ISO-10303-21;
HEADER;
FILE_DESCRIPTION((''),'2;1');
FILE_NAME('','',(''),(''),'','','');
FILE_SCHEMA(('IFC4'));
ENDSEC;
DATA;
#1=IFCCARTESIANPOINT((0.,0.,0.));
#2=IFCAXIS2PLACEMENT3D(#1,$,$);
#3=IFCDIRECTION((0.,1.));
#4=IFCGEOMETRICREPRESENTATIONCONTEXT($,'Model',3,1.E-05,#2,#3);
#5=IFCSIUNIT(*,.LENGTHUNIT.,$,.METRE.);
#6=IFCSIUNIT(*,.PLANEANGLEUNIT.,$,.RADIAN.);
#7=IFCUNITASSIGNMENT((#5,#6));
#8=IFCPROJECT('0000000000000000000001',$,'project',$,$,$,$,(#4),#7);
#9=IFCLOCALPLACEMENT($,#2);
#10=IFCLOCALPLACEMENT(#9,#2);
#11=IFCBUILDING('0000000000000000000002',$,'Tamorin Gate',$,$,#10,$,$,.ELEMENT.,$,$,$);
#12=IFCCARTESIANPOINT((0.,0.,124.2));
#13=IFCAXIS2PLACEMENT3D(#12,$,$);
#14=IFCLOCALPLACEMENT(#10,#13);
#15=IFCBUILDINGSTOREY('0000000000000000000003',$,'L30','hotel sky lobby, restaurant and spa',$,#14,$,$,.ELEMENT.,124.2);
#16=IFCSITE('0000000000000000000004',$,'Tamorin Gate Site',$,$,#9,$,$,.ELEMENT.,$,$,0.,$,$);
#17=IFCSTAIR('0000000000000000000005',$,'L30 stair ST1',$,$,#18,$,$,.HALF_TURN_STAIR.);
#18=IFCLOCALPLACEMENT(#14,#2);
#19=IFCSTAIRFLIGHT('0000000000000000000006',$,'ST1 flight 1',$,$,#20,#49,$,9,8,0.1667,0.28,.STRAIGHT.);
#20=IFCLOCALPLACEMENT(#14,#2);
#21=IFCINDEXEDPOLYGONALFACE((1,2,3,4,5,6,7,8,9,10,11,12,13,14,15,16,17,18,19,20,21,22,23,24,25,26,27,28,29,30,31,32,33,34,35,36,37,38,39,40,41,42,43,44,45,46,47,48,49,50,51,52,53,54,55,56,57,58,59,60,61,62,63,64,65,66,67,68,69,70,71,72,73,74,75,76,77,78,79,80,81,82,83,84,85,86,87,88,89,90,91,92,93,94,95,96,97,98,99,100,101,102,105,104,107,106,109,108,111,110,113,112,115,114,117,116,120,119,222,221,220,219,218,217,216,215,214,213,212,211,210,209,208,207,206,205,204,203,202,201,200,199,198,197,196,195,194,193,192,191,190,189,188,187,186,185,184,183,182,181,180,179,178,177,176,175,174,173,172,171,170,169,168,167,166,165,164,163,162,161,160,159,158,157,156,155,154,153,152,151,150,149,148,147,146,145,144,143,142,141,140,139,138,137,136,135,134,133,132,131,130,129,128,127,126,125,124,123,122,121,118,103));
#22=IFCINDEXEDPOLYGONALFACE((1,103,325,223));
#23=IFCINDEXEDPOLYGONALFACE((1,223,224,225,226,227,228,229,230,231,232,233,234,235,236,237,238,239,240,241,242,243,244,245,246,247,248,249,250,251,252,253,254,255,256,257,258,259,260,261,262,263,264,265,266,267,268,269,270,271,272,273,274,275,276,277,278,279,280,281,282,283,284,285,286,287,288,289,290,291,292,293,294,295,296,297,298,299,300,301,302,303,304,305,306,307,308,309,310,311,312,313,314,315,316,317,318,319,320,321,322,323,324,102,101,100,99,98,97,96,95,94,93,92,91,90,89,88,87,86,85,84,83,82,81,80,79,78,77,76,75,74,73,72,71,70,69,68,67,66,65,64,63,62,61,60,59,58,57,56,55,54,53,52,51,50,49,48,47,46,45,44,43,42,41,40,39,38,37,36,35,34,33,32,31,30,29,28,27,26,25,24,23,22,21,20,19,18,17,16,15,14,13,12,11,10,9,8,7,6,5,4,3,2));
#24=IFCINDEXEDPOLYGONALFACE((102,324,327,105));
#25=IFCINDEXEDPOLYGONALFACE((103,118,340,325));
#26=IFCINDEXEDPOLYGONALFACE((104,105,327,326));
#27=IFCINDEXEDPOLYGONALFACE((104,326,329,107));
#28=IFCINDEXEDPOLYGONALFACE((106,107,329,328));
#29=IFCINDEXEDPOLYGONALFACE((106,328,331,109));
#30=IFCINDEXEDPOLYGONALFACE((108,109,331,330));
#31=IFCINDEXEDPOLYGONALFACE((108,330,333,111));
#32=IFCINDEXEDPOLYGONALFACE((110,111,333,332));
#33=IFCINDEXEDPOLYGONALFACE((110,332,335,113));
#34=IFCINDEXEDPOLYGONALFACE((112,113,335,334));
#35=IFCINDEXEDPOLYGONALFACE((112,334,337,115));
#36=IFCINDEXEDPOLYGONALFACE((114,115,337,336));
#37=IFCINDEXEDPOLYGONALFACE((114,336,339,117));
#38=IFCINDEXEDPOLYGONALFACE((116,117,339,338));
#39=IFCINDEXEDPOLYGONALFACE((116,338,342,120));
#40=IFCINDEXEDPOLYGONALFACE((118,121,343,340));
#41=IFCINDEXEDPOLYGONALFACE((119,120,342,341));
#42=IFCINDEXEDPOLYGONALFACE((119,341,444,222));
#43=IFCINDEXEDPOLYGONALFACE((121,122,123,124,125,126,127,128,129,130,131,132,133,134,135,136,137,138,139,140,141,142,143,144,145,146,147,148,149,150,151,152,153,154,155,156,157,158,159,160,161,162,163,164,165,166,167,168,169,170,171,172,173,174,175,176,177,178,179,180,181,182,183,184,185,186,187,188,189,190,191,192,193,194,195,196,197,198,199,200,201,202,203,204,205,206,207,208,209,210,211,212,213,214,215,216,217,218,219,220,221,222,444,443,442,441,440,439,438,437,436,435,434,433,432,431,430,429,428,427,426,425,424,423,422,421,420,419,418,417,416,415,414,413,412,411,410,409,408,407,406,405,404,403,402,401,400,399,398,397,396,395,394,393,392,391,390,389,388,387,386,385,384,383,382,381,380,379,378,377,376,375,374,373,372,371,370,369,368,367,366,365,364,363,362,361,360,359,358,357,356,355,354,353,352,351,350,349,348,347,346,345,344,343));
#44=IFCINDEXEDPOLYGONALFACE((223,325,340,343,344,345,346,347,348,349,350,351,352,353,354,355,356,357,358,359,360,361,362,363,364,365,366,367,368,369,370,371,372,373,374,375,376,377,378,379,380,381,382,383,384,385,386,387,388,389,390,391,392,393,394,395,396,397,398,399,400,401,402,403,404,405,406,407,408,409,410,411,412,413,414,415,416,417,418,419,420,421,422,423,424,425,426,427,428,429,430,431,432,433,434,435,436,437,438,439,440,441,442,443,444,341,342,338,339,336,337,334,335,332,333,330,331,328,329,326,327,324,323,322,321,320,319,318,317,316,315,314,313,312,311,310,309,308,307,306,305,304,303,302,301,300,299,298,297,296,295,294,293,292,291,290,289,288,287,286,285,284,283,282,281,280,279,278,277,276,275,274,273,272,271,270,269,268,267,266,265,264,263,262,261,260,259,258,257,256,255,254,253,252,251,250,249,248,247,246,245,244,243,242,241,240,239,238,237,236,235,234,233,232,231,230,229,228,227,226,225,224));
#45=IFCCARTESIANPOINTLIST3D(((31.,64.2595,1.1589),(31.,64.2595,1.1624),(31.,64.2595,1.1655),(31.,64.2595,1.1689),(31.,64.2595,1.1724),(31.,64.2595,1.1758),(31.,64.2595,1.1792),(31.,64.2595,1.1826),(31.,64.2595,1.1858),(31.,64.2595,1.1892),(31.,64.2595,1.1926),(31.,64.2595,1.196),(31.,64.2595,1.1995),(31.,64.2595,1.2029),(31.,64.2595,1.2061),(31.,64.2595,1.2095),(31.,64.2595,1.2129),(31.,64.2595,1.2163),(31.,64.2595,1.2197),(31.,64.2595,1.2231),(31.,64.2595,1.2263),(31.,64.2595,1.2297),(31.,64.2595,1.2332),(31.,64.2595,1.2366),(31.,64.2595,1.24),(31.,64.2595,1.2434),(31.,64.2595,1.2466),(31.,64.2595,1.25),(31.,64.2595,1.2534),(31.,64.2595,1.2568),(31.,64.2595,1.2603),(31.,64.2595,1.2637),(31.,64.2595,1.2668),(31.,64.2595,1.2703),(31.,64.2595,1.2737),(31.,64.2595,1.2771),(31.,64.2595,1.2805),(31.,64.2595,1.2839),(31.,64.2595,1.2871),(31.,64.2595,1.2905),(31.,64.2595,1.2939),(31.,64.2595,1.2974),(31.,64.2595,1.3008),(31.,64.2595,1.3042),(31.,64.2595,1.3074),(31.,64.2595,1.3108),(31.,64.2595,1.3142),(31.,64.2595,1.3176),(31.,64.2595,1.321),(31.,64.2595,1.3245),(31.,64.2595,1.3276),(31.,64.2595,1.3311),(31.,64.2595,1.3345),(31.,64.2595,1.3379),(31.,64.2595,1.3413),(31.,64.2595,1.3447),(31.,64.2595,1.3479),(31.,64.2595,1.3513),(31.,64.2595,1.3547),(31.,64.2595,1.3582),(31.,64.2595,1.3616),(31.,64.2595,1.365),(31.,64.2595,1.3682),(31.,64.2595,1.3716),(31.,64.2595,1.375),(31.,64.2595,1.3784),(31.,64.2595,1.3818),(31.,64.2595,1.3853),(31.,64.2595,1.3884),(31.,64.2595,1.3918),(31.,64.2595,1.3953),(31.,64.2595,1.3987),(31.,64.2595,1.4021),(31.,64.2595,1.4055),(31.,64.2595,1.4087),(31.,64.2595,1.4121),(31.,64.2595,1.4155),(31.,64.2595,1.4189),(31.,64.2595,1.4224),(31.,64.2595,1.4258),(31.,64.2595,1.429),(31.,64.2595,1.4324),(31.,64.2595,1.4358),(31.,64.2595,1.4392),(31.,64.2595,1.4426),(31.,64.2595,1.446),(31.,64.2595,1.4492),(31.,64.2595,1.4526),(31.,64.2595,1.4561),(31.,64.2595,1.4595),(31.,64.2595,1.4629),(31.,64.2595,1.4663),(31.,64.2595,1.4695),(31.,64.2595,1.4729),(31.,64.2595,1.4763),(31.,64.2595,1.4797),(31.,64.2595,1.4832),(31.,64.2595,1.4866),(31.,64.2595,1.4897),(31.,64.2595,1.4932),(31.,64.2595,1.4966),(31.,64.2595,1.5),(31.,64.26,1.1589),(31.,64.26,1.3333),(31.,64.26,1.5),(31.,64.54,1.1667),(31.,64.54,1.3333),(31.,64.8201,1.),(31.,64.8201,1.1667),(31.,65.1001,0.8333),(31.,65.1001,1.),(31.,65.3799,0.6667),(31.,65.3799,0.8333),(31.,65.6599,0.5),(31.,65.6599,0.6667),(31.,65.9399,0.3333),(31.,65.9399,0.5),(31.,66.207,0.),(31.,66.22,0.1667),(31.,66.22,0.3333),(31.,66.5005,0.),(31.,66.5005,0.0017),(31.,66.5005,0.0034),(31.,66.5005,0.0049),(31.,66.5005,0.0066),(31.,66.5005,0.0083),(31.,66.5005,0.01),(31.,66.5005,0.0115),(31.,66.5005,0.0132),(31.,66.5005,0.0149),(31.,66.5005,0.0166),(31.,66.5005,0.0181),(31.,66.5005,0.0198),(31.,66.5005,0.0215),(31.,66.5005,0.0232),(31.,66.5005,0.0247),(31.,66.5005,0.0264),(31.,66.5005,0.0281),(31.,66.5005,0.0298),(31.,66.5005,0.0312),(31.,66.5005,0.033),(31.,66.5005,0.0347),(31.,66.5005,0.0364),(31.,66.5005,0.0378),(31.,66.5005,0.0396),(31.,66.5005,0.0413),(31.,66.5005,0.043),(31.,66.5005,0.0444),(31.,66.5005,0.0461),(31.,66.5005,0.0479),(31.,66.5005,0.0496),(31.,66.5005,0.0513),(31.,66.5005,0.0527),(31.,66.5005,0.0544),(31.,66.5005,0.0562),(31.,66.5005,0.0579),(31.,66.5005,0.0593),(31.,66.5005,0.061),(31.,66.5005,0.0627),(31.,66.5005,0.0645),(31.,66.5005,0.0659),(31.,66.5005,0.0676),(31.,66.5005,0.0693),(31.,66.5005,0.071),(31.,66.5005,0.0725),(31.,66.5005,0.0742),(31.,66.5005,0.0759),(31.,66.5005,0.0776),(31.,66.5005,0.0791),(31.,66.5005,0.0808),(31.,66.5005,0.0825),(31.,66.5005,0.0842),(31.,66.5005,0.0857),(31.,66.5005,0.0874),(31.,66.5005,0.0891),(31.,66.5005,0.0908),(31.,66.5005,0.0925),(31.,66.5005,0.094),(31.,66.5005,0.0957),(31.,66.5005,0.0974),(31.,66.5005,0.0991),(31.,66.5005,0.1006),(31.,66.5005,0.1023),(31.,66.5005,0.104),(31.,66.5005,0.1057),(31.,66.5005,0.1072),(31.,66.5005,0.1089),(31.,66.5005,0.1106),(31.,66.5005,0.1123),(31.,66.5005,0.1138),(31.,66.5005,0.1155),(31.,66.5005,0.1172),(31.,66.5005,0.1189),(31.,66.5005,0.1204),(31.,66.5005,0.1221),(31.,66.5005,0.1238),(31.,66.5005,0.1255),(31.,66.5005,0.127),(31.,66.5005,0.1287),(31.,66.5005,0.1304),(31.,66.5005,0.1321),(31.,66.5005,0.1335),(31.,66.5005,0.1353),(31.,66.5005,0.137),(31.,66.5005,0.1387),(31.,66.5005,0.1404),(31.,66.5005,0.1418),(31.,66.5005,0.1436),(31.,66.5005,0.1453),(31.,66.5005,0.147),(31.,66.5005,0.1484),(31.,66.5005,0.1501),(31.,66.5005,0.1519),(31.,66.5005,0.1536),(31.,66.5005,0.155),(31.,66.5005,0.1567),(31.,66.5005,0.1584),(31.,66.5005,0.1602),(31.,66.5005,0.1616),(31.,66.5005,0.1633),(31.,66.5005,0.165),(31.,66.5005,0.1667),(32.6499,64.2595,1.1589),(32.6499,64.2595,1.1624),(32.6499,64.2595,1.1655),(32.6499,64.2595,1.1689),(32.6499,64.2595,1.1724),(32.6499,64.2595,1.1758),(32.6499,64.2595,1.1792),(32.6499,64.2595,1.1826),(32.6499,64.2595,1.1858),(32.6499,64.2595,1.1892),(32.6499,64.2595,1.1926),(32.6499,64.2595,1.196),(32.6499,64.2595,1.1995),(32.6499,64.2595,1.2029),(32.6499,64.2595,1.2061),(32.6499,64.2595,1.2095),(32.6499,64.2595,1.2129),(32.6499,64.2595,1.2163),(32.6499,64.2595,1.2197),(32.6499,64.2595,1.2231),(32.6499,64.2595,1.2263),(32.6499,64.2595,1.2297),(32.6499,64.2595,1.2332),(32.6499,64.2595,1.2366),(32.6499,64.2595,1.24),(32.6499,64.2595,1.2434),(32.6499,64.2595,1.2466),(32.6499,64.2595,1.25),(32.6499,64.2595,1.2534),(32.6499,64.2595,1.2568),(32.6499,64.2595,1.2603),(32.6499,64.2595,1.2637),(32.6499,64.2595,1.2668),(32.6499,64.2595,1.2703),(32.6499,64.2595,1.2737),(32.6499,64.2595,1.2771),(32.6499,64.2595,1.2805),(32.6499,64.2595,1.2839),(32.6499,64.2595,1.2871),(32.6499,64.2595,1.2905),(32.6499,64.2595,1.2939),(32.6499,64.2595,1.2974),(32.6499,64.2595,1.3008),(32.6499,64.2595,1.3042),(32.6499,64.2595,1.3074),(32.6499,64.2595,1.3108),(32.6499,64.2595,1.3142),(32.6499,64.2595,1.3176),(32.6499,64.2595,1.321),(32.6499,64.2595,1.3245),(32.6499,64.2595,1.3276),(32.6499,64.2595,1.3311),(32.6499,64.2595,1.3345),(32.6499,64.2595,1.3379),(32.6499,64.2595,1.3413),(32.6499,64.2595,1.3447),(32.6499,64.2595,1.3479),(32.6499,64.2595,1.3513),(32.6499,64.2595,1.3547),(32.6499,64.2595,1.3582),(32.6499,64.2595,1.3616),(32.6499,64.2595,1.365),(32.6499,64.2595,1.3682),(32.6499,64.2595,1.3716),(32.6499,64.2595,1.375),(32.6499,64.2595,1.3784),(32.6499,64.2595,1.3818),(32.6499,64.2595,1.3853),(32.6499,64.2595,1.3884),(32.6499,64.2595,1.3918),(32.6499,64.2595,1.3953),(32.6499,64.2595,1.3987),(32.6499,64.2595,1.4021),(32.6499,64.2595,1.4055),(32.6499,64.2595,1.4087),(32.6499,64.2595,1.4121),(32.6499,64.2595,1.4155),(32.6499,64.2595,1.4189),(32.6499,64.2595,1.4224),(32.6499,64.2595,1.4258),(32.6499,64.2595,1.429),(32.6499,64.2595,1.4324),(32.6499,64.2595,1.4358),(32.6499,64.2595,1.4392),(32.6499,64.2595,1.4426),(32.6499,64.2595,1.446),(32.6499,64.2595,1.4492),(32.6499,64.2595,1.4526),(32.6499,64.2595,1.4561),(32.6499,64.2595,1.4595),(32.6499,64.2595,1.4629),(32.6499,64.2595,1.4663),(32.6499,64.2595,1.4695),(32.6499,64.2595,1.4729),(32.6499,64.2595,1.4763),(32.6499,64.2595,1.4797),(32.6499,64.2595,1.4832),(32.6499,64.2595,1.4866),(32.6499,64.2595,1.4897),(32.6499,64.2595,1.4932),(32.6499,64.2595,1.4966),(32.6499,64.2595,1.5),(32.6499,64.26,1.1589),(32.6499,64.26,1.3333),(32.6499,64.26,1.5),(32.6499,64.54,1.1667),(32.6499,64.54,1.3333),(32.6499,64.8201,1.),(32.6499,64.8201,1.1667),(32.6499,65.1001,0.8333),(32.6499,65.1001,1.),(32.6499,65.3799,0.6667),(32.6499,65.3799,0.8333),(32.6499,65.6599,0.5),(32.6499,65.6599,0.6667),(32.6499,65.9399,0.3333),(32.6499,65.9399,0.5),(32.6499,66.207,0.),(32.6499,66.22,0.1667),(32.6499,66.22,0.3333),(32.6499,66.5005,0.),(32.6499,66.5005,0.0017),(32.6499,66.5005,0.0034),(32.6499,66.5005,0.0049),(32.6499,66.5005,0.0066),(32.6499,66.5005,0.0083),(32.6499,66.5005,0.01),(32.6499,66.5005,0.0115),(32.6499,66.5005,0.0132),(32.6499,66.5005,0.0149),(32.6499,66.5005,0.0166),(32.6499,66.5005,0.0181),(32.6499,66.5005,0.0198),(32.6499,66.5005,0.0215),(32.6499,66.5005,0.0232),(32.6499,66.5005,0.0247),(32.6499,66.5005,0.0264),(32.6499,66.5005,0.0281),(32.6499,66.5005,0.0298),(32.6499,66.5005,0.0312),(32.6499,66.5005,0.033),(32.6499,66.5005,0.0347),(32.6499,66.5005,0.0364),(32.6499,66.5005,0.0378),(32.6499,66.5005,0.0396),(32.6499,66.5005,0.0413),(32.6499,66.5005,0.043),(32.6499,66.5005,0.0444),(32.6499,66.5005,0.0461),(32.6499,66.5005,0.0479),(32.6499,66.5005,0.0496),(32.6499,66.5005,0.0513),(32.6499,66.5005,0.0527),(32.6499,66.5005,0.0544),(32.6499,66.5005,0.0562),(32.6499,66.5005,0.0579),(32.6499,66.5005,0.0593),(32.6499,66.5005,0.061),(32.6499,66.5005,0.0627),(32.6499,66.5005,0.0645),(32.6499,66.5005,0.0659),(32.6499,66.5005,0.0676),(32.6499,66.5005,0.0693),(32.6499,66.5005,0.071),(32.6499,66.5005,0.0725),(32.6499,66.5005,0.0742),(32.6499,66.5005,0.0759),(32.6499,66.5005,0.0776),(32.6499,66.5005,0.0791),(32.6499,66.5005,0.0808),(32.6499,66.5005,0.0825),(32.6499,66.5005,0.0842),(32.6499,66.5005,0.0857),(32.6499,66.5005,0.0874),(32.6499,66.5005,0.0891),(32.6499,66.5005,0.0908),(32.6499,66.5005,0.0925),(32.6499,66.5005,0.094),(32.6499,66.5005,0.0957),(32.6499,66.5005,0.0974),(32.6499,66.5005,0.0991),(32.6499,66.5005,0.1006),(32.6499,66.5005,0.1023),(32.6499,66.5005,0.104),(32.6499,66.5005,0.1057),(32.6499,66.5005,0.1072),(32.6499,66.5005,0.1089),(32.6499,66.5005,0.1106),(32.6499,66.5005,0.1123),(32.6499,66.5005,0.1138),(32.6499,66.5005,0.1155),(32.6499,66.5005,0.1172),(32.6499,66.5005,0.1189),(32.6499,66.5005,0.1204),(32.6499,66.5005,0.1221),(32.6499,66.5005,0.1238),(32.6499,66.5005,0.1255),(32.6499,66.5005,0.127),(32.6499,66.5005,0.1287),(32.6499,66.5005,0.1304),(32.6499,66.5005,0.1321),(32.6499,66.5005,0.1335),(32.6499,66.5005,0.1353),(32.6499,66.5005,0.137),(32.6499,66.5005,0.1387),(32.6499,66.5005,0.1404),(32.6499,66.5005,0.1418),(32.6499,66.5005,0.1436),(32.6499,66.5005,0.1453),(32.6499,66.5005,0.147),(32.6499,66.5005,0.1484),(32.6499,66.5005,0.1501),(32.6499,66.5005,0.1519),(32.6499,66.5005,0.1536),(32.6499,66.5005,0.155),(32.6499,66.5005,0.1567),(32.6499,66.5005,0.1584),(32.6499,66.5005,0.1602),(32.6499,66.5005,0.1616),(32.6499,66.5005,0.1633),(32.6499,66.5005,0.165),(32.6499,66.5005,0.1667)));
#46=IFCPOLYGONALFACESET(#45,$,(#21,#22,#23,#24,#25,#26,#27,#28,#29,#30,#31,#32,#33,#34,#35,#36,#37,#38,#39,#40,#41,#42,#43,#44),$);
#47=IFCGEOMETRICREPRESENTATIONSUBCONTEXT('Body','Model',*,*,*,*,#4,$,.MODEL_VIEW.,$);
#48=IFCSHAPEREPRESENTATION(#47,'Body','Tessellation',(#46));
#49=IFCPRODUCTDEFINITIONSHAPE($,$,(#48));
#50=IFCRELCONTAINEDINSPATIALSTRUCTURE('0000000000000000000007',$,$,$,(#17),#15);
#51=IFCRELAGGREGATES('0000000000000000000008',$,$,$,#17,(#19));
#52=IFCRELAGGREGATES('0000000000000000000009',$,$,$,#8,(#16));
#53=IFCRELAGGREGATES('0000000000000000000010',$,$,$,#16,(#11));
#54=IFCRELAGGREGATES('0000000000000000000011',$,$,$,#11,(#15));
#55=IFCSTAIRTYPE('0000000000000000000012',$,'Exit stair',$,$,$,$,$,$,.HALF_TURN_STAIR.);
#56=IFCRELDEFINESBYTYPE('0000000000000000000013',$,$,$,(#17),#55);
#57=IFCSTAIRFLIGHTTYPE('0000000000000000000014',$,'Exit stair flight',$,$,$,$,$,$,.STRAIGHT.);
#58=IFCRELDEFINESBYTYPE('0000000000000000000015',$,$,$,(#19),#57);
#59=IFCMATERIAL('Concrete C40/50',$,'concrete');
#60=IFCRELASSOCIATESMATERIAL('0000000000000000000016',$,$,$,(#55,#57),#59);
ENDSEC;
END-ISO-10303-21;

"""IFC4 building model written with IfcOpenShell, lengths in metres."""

from ifc_helpers import new_model, si_unit, direction, frame, origin, place, context, subcontext, project, spatial, polyline, outline, extrude, material, type_object, element, aggregate, save


model = new_model("IFC4")

# Units and contexts
model_context = context("Model", 3, precision=1e-05, world=origin(), true_north=direction((0.0, 1.0)))
body_context = subcontext(model_context, "Body", "Model", "MODEL_VIEW")
ifc_project = project(units=[si_unit("LENGTHUNIT", "METRE"), si_unit("PLANEANGLEUNIT", "RADIAN")], contexts=[model_context])

# Site, building, storey
site_placement = place(None, origin())
site = spatial("IfcSite", under=ifc_project, at=site_placement, Name="Tamorin Gate Site", CompositionType="ELEMENT", RefElevation=0.0)
building_placement = place(site_placement, origin())
building = spatial("IfcBuilding", under=site, at=building_placement, Name="Tamorin Gate", CompositionType="ELEMENT")
storey_placement = place(building_placement, frame((0.0, 0.0, 124.2)))
storey = spatial("IfcBuildingStorey", under=building, at=storey_placement, Name="L30", Description="hotel sky lobby, restaurant and spa", CompositionType="ELEMENT", Elevation=124.2)

# Shared definitions
ifc_material_1 = material(Name="Concrete C40/50", Category="concrete")

# Stair, stair flight
stair_type = type_object("IfcStairType", Name="Exit stair", PredefinedType="HALF_TURN_STAIR", material=ifc_material_1)
stair_1_placement = place(storey_placement, origin())
stair_1 = element("IfcStair", 1, at=stair_1_placement, inside=storey, type_object=stair_type, Name="L30 stair ST1", PredefinedType="HALF_TURN_STAIR")
stair_flight_type = type_object("IfcStairFlightType", Name="Exit stair flight", PredefinedType="STRAIGHT", material=ifc_material_1)
stair_flight_1_placement = place(storey_placement, frame((31.825, 66.5, 0.0), z_axis=(0.0, 0.0, 1.0), x_axis=(0.0, -1.0, 0.0)))
stair_flight_1 = element("IfcStairFlight", 2, at=stair_flight_1_placement, type_object=stair_flight_type, Name="ST1 flight 1", NumberOfRisers=9, NumberOfTreads=8, PredefinedType="STRAIGHT", RiserHeight=0.1667, TreadLength=0.28, context=body_context, shape_type="SweptSolid", body=[
    extrude(outline(polyline([(-0.0005, 0.0), (-0.0005, 0.0017), (-0.0005, 0.0034), (-0.0005, 0.0049), (-0.0005, 0.0066), (-0.0005, 0.0083), (-0.0005, 0.01), (-0.0005, 0.0115), (-0.0005, 0.0132), (-0.0005, 0.0149), (-0.0005, 0.0166), (-0.0005, 0.0181), (-0.0005, 0.0198), (-0.0005, 0.0215), (-0.0005, 0.0232), (-0.0005, 0.0247), (-0.0005, 0.0264), (-0.0005, 0.0281), (-0.0005, 0.0298), (-0.0005, 0.0312), (-0.0005, 0.033), (-0.0005, 0.0347), (-0.0005, 0.0364), (-0.0005, 0.0378), (-0.0005, 0.0396), (-0.0005, 0.0413), (-0.0005, 0.043), (-0.0005, 0.0444), (-0.0005, 0.0461), (-0.0005, 0.0479), (-0.0005, 0.0496), (-0.0005, 0.0513), (-0.0005, 0.0527), (-0.0005, 0.0544), (-0.0005, 0.0562), (-0.0005, 0.0579), (-0.0005, 0.0593), (-0.0005, 0.061), (-0.0005, 0.0627), (-0.0005, 0.0645), (-0.0005, 0.0659), (-0.0005, 0.0676), (-0.0005, 0.0693), (-0.0005, 0.071), (-0.0005, 0.0725), (-0.0005, 0.0742), (-0.0005, 0.0759), (-0.0005, 0.0776), (-0.0005, 0.0791), (-0.0005, 0.0808), (-0.0005, 0.0825), (-0.0005, 0.0842), (-0.0005, 0.0857), (-0.0005, 0.0874), (-0.0005, 0.0891), (-0.0005, 0.0908), (-0.0005, 0.0925), (-0.0005, 0.094), (-0.0005, 0.0957), (-0.0005, 0.0974), (-0.0005, 0.0991), (-0.0005, 0.1006), (-0.0005, 0.1023), (-0.0005, 0.104), (-0.0005, 0.1057), (-0.0005, 0.1072), (-0.0005, 0.1089), (-0.0005, 0.1106), (-0.0005, 0.1123), (-0.0005, 0.1138), (-0.0005, 0.1155), (-0.0005, 0.1172), (-0.0005, 0.1189), (-0.0005, 0.1204), (-0.0005, 0.1221), (-0.0005, 0.1238), (-0.0005, 0.1255), (-0.0005, 0.127), (-0.0005, 0.1287), (-0.0005, 0.1304), (-0.0005, 0.1321), (-0.0005, 0.1335), (-0.0005, 0.1353), (-0.0005, 0.137), (-0.0005, 0.1387), (-0.0005, 0.1404), (-0.0005, 0.1418), (-0.0005, 0.1436), (-0.0005, 0.1453), (-0.0005, 0.147), (-0.0005, 0.1484), (-0.0005, 0.1501), (-0.0005, 0.1519), (-0.0005, 0.1536), (-0.0005, 0.155), (-0.0005, 0.1567), (-0.0005, 0.1584), (-0.0005, 0.1602), (-0.0005, 0.1616), (-0.0005, 0.1633), (-0.0005, 0.165), (-0.0005, 0.1667), (0.28, 0.1667), (0.28, 0.3333), (0.5601, 0.3333), (0.5601, 0.5), (0.8401, 0.5), (0.8401, 0.6667), (1.1201, 0.6667), (1.1201, 0.8333), (1.3999, 0.8333), (1.3999, 1.0), (1.6799, 1.0), (1.6799, 1.1667), (1.96, 1.1667), (1.96, 1.3333), (2.24, 1.3333), (2.24, 1.5), (2.2405, 1.5), (2.2405, 1.4966), (2.2405, 1.4932), (2.2405, 1.4897), (2.2405, 1.4866), (2.2405, 1.4832), (2.2405, 1.4797), (2.2405, 1.4763), (2.2405, 1.4729), (2.2405, 1.4695), (2.2405, 1.4663), (2.2405, 1.4629), (2.2405, 1.4595), (2.2405, 1.4561), (2.2405, 1.4526), (2.2405, 1.4492), (2.2405, 1.446), (2.2405, 1.4426), (2.2405, 1.4392), (2.2405, 1.4358), (2.2405, 1.4324), (2.2405, 1.429), (2.2405, 1.4258), (2.2405, 1.4224), (2.2405, 1.4189), (2.2405, 1.4155), (2.2405, 1.4121), (2.2405, 1.4087), (2.2405, 1.4055), (2.2405, 1.4021), (2.2405, 1.3987), (2.2405, 1.3953), (2.2405, 1.3918), (2.2405, 1.3884), (2.2405, 1.3853), (2.2405, 1.3818), (2.2405, 1.3784), (2.2405, 1.375), (2.2405, 1.3716), (2.2405, 1.3682), (2.2405, 1.365), (2.2405, 1.3616), (2.2405, 1.3582), (2.2405, 1.3547), (2.2405, 1.3513), (2.2405, 1.3479), (2.2405, 1.3447), (2.2405, 1.3413), (2.2405, 1.3379), (2.2405, 1.3345), (2.2405, 1.3311), (2.2405, 1.3276), (2.2405, 1.3245), (2.2405, 1.321), (2.2405, 1.3176), (2.2405, 1.3142), (2.2405, 1.3108), (2.2405, 1.3074), (2.2405, 1.3042), (2.2405, 1.3008), (2.2405, 1.2974), (2.2405, 1.2939), (2.2405, 1.2905), (2.2405, 1.2871), (2.2405, 1.2839), (2.2405, 1.2805), (2.2405, 1.2771), (2.2405, 1.2737), (2.2405, 1.2703), (2.2405, 1.2668), (2.2405, 1.2637), (2.2405, 1.2603), (2.2405, 1.2568), (2.2405, 1.2534), (2.2405, 1.25), (2.2405, 1.2466), (2.2405, 1.2434), (2.2405, 1.24), (2.2405, 1.2366), (2.2405, 1.2332), (2.2405, 1.2297), (2.2405, 1.2263), (2.2405, 1.2231), (2.2405, 1.2197), (2.2405, 1.2163), (2.2405, 1.2129), (2.2405, 1.2095), (2.2405, 1.2061), (2.2405, 1.2029), (2.2405, 1.1995), (2.2405, 1.196), (2.2405, 1.1926), (2.2405, 1.1892), (2.2405, 1.1858), (2.2405, 1.1826), (2.2405, 1.1792), (2.2405, 1.1758), (2.2405, 1.1724), (2.2405, 1.1689), (2.2405, 1.1655), (2.2405, 1.1624), (2.2405, 1.1589), (2.24, 1.1589), (0.293, 0.0), (-0.0005, 0.0)])), frame((0.0, 0.825, 0.0), z_axis=(0.0, -1.0, 0.0), x_axis=(1.0, 0.0, 0.0)), (0.0, 0.0, 1.0), 1.6499),
])
aggregate(stair_1, [stair_flight_1])

save(model, "model.ifc")
